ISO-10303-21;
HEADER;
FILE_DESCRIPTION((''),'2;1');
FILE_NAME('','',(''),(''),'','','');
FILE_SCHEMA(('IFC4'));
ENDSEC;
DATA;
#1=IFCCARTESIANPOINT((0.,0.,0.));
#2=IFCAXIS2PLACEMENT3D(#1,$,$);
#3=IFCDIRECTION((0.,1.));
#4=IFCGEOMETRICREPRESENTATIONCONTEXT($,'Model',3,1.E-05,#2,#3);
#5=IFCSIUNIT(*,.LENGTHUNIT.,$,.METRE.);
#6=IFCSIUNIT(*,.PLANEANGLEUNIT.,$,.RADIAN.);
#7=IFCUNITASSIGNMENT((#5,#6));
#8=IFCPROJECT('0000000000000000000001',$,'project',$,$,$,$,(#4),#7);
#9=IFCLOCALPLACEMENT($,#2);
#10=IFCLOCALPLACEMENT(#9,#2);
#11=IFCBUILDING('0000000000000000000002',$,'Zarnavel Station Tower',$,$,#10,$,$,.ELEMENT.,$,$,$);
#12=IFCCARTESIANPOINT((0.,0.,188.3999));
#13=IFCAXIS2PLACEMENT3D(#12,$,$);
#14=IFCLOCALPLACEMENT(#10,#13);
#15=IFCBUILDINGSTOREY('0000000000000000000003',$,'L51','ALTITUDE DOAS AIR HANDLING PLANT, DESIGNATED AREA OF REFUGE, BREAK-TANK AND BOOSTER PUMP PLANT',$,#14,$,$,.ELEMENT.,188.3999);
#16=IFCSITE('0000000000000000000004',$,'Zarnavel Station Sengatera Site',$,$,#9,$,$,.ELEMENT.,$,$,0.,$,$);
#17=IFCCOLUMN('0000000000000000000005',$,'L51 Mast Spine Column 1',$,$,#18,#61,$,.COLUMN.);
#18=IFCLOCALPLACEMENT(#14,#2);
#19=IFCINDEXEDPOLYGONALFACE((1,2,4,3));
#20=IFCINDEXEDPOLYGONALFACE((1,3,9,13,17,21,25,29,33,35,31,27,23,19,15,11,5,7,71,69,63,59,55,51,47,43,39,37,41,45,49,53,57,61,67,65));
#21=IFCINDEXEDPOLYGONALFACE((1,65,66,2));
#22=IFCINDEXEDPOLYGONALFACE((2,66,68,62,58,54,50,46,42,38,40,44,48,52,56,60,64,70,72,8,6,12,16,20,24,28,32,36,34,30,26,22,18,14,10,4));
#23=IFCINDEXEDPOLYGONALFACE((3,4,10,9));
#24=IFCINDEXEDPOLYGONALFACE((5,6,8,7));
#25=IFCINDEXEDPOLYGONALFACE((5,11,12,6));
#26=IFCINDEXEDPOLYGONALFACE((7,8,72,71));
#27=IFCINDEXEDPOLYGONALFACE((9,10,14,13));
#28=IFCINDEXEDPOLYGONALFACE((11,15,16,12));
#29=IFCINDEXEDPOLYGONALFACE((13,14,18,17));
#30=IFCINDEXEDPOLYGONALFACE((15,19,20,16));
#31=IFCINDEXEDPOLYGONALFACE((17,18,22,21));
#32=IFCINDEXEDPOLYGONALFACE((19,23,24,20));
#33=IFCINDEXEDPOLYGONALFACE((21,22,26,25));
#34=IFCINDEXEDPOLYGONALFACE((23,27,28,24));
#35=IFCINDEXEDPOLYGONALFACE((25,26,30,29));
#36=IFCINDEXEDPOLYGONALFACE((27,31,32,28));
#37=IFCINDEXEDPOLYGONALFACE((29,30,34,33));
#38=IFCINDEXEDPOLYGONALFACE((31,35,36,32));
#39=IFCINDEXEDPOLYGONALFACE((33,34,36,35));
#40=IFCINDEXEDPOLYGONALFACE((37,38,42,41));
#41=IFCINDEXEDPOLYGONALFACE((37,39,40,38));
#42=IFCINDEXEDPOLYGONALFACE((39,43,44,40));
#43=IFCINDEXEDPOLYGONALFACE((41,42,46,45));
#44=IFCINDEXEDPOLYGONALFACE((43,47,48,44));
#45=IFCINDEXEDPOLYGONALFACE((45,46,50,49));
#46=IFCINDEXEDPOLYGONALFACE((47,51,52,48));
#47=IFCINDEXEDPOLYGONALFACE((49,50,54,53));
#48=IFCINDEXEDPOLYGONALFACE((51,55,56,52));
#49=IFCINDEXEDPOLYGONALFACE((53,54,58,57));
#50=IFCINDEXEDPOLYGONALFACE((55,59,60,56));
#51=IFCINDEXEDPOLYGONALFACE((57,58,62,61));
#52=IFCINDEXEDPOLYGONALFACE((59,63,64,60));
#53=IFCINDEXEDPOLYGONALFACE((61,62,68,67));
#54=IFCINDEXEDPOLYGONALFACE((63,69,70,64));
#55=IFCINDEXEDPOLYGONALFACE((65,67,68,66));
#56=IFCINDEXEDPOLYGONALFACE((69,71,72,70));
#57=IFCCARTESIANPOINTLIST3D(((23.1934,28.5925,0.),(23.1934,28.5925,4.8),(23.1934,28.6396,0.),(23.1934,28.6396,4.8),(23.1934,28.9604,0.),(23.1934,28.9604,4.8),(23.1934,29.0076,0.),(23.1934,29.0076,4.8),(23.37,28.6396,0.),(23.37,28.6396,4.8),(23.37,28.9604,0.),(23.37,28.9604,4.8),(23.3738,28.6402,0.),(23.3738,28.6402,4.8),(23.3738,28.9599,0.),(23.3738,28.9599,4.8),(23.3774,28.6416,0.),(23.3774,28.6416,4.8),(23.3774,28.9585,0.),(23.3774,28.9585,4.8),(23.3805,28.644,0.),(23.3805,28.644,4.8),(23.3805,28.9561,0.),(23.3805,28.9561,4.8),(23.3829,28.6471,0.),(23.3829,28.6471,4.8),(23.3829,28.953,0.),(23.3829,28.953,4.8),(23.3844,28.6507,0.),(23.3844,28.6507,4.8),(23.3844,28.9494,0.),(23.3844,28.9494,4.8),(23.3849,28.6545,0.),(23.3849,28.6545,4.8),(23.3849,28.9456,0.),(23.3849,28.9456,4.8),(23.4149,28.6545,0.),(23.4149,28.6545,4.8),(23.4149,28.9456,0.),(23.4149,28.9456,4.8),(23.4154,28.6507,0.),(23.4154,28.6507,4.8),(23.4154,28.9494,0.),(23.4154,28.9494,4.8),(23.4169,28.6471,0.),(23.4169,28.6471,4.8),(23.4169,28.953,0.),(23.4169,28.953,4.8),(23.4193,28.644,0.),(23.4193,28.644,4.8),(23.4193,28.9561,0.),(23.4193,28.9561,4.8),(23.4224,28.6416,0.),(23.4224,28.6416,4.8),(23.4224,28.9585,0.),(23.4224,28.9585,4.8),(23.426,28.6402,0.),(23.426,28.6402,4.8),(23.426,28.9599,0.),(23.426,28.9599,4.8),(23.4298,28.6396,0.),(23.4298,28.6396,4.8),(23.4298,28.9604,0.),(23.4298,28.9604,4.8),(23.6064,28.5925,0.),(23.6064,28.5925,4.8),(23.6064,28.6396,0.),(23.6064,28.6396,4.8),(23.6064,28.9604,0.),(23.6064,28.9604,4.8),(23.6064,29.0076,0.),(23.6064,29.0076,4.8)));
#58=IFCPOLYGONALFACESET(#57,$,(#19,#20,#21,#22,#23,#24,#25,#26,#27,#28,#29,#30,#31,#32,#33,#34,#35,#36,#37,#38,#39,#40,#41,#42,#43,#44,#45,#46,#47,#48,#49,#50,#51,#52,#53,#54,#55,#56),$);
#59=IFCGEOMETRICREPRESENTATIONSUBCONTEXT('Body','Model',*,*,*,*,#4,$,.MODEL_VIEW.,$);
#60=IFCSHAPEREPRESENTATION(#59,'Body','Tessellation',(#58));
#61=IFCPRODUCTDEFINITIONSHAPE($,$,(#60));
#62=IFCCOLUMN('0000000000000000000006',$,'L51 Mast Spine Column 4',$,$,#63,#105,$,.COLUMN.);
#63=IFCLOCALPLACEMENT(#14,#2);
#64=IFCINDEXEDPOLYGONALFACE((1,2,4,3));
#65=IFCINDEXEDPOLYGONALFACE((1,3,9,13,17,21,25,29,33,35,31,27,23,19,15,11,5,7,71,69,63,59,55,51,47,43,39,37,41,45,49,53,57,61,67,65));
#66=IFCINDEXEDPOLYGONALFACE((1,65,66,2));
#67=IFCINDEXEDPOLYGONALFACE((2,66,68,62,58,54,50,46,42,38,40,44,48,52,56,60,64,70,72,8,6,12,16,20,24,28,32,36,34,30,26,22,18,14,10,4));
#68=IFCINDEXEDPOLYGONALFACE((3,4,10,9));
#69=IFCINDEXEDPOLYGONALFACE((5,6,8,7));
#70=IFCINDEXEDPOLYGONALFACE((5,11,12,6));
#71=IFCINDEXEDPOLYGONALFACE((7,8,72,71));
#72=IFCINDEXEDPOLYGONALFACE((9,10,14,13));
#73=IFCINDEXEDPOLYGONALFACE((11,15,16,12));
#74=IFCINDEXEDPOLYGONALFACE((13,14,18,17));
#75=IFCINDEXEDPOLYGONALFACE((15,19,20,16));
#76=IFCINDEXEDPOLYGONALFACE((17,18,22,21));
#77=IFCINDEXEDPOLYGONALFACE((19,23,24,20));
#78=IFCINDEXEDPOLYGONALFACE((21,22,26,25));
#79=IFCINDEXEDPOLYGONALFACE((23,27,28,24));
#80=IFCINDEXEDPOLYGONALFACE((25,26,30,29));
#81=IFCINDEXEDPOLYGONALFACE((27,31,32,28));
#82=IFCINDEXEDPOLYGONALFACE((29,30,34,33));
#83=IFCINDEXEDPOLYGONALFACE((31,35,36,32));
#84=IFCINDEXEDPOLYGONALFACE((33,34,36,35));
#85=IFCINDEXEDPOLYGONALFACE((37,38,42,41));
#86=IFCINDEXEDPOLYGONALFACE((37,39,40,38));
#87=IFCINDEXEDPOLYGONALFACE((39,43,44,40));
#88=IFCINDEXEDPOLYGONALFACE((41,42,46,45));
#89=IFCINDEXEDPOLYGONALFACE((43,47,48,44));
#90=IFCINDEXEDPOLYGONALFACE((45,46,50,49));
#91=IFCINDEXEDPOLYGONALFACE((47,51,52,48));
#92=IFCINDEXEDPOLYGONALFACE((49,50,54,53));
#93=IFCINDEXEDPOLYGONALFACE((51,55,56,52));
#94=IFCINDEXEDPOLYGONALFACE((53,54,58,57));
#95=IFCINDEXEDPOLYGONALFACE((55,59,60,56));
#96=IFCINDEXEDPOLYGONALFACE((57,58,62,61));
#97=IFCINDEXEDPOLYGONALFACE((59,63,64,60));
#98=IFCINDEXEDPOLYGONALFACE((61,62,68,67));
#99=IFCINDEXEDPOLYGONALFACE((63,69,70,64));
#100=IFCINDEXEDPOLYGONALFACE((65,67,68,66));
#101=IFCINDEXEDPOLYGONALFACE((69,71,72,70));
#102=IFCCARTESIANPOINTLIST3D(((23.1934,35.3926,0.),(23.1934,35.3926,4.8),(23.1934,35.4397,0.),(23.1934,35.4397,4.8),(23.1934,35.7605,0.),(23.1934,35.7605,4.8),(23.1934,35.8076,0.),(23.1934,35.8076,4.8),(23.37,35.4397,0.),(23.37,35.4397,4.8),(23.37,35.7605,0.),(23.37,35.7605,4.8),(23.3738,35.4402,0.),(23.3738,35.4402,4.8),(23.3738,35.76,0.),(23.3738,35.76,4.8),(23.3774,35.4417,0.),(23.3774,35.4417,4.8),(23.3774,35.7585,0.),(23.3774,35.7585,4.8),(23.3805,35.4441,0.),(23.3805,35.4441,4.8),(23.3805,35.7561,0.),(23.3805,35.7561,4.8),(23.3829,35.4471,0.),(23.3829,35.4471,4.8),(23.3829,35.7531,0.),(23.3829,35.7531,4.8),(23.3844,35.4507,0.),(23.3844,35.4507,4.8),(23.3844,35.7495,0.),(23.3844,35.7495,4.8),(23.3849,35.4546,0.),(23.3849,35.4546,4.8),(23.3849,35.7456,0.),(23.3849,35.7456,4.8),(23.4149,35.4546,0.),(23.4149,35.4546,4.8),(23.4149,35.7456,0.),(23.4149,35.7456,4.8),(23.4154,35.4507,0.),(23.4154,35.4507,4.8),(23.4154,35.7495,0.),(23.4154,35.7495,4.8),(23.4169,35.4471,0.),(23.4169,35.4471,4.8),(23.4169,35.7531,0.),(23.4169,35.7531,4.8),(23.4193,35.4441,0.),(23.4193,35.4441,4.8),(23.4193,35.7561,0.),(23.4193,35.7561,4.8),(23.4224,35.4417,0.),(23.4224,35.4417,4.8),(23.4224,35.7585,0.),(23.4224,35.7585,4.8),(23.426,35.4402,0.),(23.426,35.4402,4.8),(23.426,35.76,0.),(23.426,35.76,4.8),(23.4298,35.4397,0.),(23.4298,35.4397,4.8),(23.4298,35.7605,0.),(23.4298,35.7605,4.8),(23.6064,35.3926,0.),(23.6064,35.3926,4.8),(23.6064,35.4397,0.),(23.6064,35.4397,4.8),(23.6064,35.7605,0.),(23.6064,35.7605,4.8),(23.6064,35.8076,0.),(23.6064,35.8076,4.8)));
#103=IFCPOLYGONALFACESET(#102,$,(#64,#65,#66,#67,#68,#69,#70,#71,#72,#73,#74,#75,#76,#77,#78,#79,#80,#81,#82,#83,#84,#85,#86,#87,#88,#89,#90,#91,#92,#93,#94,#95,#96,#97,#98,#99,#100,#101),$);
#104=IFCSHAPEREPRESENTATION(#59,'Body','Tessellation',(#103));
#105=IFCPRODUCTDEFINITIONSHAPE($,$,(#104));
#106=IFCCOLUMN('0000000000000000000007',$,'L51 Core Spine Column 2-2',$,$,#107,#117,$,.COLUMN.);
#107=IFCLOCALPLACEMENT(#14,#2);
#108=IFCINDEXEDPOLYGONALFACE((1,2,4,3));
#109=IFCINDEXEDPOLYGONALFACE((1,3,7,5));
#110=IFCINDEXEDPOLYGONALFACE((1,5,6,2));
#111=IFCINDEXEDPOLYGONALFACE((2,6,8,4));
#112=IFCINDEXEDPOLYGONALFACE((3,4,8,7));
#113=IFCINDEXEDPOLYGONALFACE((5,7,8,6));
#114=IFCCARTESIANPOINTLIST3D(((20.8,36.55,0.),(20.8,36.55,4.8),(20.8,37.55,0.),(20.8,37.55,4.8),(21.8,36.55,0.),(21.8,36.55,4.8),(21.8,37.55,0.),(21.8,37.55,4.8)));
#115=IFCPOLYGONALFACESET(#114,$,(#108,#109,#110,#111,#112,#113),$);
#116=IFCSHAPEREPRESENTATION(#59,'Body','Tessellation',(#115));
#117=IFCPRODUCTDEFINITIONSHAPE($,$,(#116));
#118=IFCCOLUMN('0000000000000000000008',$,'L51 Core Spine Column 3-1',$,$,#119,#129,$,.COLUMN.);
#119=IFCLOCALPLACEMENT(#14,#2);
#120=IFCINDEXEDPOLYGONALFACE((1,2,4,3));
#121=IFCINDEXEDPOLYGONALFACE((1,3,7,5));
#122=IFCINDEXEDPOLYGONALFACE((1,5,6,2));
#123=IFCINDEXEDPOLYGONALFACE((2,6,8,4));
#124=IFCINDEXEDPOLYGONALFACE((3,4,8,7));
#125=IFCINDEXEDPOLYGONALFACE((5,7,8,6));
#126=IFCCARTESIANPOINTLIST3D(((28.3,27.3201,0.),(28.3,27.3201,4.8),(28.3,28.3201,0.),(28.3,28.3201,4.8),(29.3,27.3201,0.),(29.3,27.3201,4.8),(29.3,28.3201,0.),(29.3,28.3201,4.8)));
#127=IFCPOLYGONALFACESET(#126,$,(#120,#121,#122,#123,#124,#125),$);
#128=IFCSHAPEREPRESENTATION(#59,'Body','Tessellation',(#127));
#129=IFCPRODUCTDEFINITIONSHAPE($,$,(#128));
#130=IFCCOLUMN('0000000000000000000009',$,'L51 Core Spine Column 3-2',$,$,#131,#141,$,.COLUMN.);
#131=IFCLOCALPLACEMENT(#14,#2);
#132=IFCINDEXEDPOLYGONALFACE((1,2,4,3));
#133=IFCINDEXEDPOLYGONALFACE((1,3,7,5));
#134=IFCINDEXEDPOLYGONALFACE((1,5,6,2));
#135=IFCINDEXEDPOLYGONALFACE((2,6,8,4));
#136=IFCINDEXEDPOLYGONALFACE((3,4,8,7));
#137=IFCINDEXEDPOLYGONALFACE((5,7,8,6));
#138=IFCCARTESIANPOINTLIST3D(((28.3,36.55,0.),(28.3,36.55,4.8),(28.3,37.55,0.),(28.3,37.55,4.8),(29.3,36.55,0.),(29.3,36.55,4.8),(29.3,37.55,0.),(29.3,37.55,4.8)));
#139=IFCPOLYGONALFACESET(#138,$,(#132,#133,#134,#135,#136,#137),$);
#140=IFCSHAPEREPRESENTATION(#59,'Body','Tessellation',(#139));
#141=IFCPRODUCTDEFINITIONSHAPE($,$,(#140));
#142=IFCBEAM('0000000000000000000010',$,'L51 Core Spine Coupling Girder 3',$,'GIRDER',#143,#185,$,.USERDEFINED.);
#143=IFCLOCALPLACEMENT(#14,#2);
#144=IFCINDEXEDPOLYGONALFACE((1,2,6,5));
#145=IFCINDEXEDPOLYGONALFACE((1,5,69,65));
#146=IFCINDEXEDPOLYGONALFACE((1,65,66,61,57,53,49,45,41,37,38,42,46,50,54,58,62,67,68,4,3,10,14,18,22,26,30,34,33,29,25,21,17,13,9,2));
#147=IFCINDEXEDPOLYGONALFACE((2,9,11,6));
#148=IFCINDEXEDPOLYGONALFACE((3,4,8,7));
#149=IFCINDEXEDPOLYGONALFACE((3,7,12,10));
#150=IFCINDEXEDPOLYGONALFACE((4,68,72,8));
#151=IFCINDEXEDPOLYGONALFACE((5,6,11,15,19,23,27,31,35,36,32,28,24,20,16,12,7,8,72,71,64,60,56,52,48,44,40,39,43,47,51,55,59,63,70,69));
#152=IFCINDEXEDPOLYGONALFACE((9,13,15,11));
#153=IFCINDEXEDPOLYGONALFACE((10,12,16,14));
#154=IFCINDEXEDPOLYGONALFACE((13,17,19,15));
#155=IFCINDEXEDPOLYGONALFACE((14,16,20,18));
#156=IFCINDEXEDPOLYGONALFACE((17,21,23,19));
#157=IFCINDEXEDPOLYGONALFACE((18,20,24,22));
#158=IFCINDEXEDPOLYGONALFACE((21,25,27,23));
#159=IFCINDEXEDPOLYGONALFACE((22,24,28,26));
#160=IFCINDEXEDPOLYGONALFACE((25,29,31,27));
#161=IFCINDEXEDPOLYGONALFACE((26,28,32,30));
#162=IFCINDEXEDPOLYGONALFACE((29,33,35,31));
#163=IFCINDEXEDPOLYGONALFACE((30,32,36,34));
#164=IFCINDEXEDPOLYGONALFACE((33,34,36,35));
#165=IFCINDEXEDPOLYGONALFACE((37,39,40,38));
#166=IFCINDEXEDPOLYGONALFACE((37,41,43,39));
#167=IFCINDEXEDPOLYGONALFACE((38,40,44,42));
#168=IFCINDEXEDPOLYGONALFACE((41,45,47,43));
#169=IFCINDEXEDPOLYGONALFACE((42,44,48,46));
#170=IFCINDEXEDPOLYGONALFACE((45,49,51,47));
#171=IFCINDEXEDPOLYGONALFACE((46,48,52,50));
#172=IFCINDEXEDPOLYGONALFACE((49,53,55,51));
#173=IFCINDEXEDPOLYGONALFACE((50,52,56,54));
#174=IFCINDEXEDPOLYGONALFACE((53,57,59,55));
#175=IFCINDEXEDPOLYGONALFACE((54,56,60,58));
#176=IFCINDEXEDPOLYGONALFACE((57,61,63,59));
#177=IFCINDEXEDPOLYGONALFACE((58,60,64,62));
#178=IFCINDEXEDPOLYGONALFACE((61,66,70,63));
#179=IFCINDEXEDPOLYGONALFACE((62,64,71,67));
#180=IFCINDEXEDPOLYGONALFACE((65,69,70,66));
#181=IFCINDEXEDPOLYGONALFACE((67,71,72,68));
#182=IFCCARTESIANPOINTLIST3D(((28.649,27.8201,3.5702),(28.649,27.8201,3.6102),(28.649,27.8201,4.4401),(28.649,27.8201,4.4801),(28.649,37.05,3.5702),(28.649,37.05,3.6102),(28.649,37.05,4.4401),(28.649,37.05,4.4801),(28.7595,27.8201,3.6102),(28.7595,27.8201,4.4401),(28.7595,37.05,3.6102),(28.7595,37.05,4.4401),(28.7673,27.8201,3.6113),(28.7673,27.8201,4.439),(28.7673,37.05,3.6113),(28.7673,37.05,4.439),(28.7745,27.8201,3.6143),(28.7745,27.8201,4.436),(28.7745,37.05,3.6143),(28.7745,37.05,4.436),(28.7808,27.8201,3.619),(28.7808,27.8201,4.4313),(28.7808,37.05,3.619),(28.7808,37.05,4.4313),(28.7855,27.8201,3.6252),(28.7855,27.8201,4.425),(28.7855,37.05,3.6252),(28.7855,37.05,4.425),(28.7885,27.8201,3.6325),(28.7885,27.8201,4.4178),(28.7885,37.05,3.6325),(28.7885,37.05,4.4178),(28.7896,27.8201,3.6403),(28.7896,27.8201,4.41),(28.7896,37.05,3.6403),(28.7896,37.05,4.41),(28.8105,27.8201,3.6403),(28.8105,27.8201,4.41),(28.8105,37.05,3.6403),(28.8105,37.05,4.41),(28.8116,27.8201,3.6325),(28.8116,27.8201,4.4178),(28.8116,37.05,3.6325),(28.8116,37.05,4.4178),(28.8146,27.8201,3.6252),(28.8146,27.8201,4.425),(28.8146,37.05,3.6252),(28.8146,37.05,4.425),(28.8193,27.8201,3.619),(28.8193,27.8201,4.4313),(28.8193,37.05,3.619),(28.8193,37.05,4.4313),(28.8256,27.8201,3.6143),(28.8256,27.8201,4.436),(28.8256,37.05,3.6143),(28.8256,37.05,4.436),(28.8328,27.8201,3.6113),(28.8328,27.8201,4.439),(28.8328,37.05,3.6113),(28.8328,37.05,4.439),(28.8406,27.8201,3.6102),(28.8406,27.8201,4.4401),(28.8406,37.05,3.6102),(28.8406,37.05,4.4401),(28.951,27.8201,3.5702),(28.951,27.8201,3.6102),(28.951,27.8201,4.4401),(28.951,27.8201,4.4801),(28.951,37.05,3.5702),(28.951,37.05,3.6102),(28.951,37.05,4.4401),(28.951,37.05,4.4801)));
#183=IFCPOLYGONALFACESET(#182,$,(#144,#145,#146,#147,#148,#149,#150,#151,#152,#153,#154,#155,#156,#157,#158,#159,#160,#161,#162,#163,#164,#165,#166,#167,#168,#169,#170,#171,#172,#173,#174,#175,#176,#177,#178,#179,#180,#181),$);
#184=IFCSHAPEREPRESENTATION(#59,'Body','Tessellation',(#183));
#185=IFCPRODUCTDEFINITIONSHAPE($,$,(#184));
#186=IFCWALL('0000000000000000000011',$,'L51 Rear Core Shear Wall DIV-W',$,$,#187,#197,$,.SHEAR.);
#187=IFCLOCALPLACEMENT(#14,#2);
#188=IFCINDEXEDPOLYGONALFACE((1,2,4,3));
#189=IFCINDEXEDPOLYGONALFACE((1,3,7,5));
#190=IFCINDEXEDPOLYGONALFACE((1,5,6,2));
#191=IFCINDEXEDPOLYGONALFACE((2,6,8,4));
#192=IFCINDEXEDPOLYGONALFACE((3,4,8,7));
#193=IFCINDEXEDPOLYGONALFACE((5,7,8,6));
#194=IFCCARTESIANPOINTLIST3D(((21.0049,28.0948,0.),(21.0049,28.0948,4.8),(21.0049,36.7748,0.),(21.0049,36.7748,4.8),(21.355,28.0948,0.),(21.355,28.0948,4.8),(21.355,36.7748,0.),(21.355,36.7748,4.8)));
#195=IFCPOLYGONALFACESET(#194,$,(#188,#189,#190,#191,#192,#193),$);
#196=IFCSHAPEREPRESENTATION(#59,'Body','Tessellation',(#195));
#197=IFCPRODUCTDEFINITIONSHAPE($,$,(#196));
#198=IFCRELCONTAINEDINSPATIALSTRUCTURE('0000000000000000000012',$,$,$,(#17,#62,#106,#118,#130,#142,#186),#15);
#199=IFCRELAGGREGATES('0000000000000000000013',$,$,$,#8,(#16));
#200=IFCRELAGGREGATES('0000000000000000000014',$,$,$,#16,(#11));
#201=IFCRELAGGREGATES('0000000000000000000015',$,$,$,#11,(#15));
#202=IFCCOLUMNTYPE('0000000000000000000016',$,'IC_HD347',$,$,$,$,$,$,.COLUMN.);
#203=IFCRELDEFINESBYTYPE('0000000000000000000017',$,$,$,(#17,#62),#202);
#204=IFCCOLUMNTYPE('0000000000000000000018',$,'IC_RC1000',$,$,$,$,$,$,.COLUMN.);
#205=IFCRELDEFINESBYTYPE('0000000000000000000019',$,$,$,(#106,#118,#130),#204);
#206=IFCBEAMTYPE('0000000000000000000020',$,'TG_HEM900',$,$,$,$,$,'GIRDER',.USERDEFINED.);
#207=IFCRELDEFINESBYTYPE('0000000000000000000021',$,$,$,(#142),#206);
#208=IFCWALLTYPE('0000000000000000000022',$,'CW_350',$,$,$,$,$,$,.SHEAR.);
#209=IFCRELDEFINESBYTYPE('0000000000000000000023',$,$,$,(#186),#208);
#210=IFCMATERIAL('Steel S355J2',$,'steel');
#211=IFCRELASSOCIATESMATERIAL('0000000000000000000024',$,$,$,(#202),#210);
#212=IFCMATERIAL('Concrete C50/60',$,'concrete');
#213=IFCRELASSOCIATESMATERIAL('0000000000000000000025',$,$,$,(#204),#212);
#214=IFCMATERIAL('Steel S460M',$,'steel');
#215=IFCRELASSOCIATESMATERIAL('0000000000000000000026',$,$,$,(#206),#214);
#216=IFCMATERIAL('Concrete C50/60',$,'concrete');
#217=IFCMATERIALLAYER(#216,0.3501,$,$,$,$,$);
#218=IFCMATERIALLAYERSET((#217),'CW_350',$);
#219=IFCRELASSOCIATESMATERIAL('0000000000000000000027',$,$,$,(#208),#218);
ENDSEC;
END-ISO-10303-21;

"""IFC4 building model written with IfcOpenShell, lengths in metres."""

from ifc_helpers import new_model, si_unit, direction, frame, frame_2d, origin, origin_2d, place, context, subcontext, project, spatial, rectangle, i_section, extrude, material, layer, layer_set, material_profile, profile_set, type_object, element, save


model = new_model("IFC4")

# Units and contexts
model_context = context("Model", 3, precision=1e-05, world=origin(), true_north=direction((0.0, 1.0)))
body_context = subcontext(model_context, "Body", "Model", "MODEL_VIEW")
ifc_project = project(units=[si_unit("LENGTHUNIT", "METRE"), si_unit("PLANEANGLEUNIT", "RADIAN")], contexts=[model_context])

# Site, building, storey
site_placement = place(None, origin())
site = spatial("IfcSite", under=ifc_project, at=site_placement, Name="Zarnavel Station Sengatera Site", CompositionType="ELEMENT", RefElevation=0.0)
building_placement = place(site_placement, origin())
building = spatial("IfcBuilding", under=site, at=building_placement, Name="Zarnavel Station Tower", CompositionType="ELEMENT")
storey_placement = place(building_placement, frame((0.0, 0.0, 188.3999)))
storey = spatial("IfcBuildingStorey", under=building, at=storey_placement, Name="L51", Description="ALTITUDE DOAS AIR HANDLING PLANT, DESIGNATED AREA OF REFUGE, BREAK-TANK AND BOOSTER PUMP PLANT", CompositionType="ELEMENT", Elevation=188.3999)

# Columns
ifc_material_1 = material(Name="Steel S355J2", Category="steel")
ifc_material_profile_1 = material_profile(ifc_material_1, i_section(OverallWidth=0.4131, OverallDepth=0.415, WebThickness=0.03, FlangeThickness=0.0471, FilletRadius=0.0149, at=origin_2d()), Name="HD400x347")
ifc_profile_set_1 = profile_set([ifc_material_profile_1], Name="Steel S355J2")
column_type_1 = type_object("IfcColumnType", Name="IC_HD347", PredefinedType="COLUMN", material=ifc_profile_set_1)
for number, where, z_axis, x_axis, name in (
    (1, (23.3999, 28.8, 0.0), (0.0, 0.0, 1.0), (1.0, 0.0, 0.0), "L51 Mast Spine Column 1"),
    (2, (23.3999, 35.6001, 0.0), (0.0, 0.0, 1.0), (1.0, 0.0, 0.0), "L51 Mast Spine Column 4"),
):
    element("IfcColumn", number, at=place(storey_placement, frame(where, z_axis=z_axis, x_axis=x_axis)), inside=storey, type_object=column_type_1, Name=name, PredefinedType="COLUMN", context=body_context, shape_type="SweptSolid", body=[
        extrude(i_section(OverallWidth=0.4131, OverallDepth=0.415, WebThickness=0.03, FlangeThickness=0.0471, FilletRadius=0.0149, at=origin_2d()), origin(), (0.0, 0.0, 1.0), 4.8),
    ])
ifc_material_2 = material(Name="Concrete C50/60", Category="concrete")
ifc_material_profile_2 = material_profile(ifc_material_2, rectangle(XDim=1.0, YDim=1.0, at=origin_2d()), Name="RC1000x1000")
ifc_profile_set_2 = profile_set([ifc_material_profile_2], Name="Concrete C50/60")
column_type_2 = type_object("IfcColumnType", Name="IC_RC1000", PredefinedType="COLUMN", material=ifc_profile_set_2)
for number, where, z_axis, x_axis, name in (
    (3, (21.3, 37.05, 0.0), (0.0, 0.0, 1.0), (1.0, 0.0, 0.0), "L51 Core Spine Column 2-2"),
    (4, (28.8, 27.8201, 0.0), (0.0, 0.0, 1.0), (1.0, 0.0, 0.0), "L51 Core Spine Column 3-1"),
    (5, (28.8, 37.05, 0.0), (0.0, 0.0, 1.0), (1.0, 0.0, 0.0), "L51 Core Spine Column 3-2"),
):
    element("IfcColumn", number, at=place(storey_placement, frame(where, z_axis=z_axis, x_axis=x_axis)), inside=storey, type_object=column_type_2, Name=name, PredefinedType="COLUMN", context=body_context, shape_type="SweptSolid", body=[
        extrude(rectangle(XDim=1.0, YDim=1.0, at=origin_2d()), origin(), (0.0, 0.0, 1.0), 4.8),
    ])

# Beam
ifc_material_3 = material(Name="Steel S460M", Category="steel")
ifc_material_profile_3 = material_profile(ifc_material_3, i_section(OverallWidth=0.302, OverallDepth=0.9099, WebThickness=0.021, FlangeThickness=0.04, FilletRadius=0.03, at=origin_2d()), Name="HEM900")
ifc_profile_set_3 = profile_set([ifc_material_profile_3], Name="Steel S460M")
beam_type = type_object("IfcBeamType", Name="TG_HEM900", ElementType="GIRDER", PredefinedType="USERDEFINED", material=ifc_profile_set_3)
beam_placement = place(storey_placement, frame((28.8, 27.8201, 4.0251), z_axis=(0.0, 1.0, 0.0), x_axis=(-1.0, 0.0, 0.0)))
element("IfcBeam", 6, at=beam_placement, inside=storey, type_object=beam_type, Name="L51 Core Spine Coupling Girder 3", ObjectType="GIRDER", PredefinedType="USERDEFINED", context=body_context, shape_type="SweptSolid", body=[
    extrude(i_section(OverallWidth=0.302, OverallDepth=0.9099, WebThickness=0.021, FlangeThickness=0.04, FilletRadius=0.03, at=origin_2d()), origin(), (0.0, 0.0, 1.0), 9.23),
])

# Wall
ifc_material_4 = material(Name="Concrete C50/60", Category="concrete")
ifc_layer_1 = layer(ifc_material_4, 0.3501)
ifc_layer_set_1 = layer_set([ifc_layer_1], Name="CW_350")
wall_type_1 = type_object("IfcWallType", Name="CW_350", PredefinedType="SHEAR", material=ifc_layer_set_1)
wall_1_placement = place(storey_placement, frame((21.1799, 28.095, 0.0), z_axis=(0.0, 0.0, 1.0), x_axis=(0.0, 1.0, 0.0)))
element("IfcWall", 7, at=wall_1_placement, inside=storey, type_object=wall_type_1, Name="L51 Rear Core Shear Wall DIV-W", PredefinedType="SHEAR", context=body_context, shape_type="SweptSolid", body=[
    extrude(rectangle(XDim=8.6799, YDim=0.3501, at=frame_2d((4.3398, 0.0))), origin(), (0.0, 0.0, 1.0), 4.8),
])

save(model, "model.ifc")
